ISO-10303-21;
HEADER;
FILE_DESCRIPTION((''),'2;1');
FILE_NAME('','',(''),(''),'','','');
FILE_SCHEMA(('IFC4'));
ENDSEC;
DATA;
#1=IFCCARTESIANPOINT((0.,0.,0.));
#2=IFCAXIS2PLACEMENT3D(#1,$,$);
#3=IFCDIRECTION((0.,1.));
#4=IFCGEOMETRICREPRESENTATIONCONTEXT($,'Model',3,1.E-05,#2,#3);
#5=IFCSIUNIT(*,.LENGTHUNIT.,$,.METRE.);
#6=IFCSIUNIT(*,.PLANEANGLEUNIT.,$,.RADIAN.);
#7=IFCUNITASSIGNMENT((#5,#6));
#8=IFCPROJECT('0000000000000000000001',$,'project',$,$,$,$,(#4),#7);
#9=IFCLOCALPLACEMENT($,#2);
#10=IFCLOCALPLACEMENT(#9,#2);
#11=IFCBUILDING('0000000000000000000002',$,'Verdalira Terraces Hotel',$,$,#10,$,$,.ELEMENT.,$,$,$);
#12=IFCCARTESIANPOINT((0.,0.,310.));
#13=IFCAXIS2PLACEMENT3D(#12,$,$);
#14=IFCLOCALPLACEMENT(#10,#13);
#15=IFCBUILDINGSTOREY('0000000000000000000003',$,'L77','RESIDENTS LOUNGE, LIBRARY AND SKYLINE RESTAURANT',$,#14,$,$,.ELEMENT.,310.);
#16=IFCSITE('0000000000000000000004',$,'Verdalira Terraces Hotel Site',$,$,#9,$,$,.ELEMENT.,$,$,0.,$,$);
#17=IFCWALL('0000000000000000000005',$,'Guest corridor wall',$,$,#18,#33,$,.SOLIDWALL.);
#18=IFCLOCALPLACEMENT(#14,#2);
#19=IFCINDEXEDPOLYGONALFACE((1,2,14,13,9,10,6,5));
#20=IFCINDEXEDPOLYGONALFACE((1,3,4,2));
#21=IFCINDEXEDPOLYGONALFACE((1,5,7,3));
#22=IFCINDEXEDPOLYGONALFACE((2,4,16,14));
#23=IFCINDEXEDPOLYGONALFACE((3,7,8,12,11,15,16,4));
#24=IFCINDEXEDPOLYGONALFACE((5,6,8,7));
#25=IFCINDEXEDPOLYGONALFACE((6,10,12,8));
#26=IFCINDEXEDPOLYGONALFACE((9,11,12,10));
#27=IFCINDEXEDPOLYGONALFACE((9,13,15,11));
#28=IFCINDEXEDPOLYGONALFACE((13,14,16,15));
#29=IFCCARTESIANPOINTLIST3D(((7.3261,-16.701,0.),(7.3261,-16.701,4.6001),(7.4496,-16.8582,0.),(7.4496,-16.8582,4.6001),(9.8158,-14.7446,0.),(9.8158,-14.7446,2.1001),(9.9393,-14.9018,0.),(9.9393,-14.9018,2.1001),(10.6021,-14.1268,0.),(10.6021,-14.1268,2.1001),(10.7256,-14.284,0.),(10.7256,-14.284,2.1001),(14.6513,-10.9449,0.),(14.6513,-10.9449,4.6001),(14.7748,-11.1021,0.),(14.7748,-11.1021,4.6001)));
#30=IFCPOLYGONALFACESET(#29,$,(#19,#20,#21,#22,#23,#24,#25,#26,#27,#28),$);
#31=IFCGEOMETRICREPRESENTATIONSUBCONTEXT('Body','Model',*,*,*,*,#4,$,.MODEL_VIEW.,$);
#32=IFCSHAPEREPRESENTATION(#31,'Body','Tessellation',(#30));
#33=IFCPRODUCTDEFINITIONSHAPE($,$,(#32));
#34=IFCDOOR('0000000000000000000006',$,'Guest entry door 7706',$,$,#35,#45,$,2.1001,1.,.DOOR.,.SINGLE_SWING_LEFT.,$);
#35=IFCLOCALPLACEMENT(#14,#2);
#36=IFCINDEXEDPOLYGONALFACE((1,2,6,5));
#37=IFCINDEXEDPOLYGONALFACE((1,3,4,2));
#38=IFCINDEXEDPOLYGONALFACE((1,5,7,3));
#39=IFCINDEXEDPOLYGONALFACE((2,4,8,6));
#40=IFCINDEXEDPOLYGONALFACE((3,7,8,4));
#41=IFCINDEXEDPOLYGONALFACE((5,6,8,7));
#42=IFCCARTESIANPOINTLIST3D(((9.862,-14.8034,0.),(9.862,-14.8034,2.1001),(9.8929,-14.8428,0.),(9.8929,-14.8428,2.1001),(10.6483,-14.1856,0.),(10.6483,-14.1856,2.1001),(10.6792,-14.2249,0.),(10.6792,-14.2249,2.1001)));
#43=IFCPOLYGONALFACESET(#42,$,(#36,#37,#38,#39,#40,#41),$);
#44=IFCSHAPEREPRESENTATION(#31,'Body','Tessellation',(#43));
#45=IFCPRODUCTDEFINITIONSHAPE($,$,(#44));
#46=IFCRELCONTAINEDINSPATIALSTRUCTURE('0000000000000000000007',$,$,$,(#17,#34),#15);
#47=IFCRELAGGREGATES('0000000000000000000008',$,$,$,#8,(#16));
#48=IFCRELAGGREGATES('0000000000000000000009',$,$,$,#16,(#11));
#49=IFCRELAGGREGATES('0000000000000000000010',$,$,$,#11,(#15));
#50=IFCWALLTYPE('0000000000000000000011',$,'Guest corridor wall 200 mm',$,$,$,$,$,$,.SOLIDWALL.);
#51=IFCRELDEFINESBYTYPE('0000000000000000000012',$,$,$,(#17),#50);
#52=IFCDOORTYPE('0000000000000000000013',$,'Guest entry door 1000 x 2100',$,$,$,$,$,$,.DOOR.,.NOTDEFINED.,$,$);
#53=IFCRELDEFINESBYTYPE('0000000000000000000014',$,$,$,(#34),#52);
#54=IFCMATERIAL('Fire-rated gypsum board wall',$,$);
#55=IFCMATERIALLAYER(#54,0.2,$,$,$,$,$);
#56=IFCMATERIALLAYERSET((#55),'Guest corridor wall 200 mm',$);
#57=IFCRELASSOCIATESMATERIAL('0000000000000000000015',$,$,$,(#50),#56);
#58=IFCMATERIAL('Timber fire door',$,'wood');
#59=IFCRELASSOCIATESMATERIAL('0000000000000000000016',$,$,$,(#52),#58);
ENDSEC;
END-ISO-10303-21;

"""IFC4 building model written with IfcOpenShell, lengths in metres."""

from ifc_helpers import new_model, si_unit, direction, frame, frame_2d, origin, place, context, subcontext, project, spatial, rectangle, extrude, material, layer, layer_set, type_object, element, fill, save


model = new_model("IFC4")

# Units and contexts
model_context = context("Model", 3, precision=1e-05, world=origin(), true_north=direction((0.0, 1.0)))
body_context = subcontext(model_context, "Body", "Model", "MODEL_VIEW")
ifc_project = project(units=[si_unit("LENGTHUNIT", "METRE"), si_unit("PLANEANGLEUNIT", "RADIAN")], contexts=[model_context])

# Site, building, storey
site_placement = place(None, origin())
site = spatial("IfcSite", under=ifc_project, at=site_placement, Name="Verdalira Terraces Hotel Site", CompositionType="ELEMENT", RefElevation=0.0)
building_placement = place(site_placement, origin())
building = spatial("IfcBuilding", under=site, at=building_placement, Name="Verdalira Terraces Hotel", CompositionType="ELEMENT")
storey_placement = place(building_placement, frame((0.0, 0.0, 310.0)))
storey = spatial("IfcBuildingStorey", under=building, at=storey_placement, Name="L77", Description="RESIDENTS LOUNGE, LIBRARY AND SKYLINE RESTAURANT", CompositionType="ELEMENT", Elevation=310.0)

# Wall, opening, door
ifc_material_1 = material(Name="Fire-rated gypsum board wall")
ifc_layer_1 = layer(ifc_material_1, 0.2)
ifc_layer_set_1 = layer_set([ifc_layer_1], Name="Guest corridor wall 200 mm")
wall_type_1 = type_object("IfcWallType", Name="Guest corridor wall 200 mm", PredefinedType="SOLIDWALL", material=ifc_layer_set_1)
wall_1_placement = place(storey_placement, frame((14.7131, -11.0234, 0.0), z_axis=(0.0, 0.0, 1.0), x_axis=(-0.786287, -0.617861, 0.0)))
wall_1 = element("IfcWall", 1, at=wall_1_placement, inside=storey, type_object=wall_type_1, Name="Guest corridor wall", PredefinedType="SOLIDWALL", context=body_context, shape_type="SweptSolid", body=[
    extrude(rectangle(XDim=9.3162, YDim=0.2, at=frame_2d((4.6582, 0.0))), origin(), (0.0, 0.0, 1.0), 4.6001),
])
opening_1_placement = place(wall_1_placement, frame((5.1499, 0.0, 0.0)))
opening_1 = element("IfcOpeningElement", 2, at=opening_1_placement, cuts=wall_1, PredefinedType="OPENING", context=body_context, shape_type="SweptSolid", body=[
    extrude(rectangle(XDim=1.0, YDim=2.1001, at=frame_2d((0.5, 1.05))), frame((0.0, 0.1099, 0.0), z_axis=(0.0, -1.0, 0.0), x_axis=(1.0, 0.0, 0.0)), (0.0, 0.0, 1.0), 0.22),
])
ifc_material_2 = material(Name="Timber fire door", Category="wood")
door_type_1 = type_object("IfcDoorType", Name="Guest entry door 1000 x 2100", OperationType="NOTDEFINED", PredefinedType="DOOR", material=ifc_material_2)
door_1_placement = place(opening_1_placement, origin())
door_1 = element("IfcDoor", 3, at=door_1_placement, inside=storey, type_object=door_type_1, Name="Guest entry door 7706", OperationType="SINGLE_SWING_LEFT", OverallHeight=2.1001, OverallWidth=1.0, PredefinedType="DOOR", context=body_context, shape_type="SweptSolid", body=[
    extrude(rectangle(XDim=1.0, YDim=2.1001, at=frame_2d((0.5, 1.05))), frame((0.0, 0.0249, 0.0), z_axis=(0.0, -1.0, 0.0), x_axis=(1.0, 0.0, 0.0)), (0.0, 0.0, 1.0), 0.05),
])
fill(opening_1, door_1)

save(model, "model.ifc")
